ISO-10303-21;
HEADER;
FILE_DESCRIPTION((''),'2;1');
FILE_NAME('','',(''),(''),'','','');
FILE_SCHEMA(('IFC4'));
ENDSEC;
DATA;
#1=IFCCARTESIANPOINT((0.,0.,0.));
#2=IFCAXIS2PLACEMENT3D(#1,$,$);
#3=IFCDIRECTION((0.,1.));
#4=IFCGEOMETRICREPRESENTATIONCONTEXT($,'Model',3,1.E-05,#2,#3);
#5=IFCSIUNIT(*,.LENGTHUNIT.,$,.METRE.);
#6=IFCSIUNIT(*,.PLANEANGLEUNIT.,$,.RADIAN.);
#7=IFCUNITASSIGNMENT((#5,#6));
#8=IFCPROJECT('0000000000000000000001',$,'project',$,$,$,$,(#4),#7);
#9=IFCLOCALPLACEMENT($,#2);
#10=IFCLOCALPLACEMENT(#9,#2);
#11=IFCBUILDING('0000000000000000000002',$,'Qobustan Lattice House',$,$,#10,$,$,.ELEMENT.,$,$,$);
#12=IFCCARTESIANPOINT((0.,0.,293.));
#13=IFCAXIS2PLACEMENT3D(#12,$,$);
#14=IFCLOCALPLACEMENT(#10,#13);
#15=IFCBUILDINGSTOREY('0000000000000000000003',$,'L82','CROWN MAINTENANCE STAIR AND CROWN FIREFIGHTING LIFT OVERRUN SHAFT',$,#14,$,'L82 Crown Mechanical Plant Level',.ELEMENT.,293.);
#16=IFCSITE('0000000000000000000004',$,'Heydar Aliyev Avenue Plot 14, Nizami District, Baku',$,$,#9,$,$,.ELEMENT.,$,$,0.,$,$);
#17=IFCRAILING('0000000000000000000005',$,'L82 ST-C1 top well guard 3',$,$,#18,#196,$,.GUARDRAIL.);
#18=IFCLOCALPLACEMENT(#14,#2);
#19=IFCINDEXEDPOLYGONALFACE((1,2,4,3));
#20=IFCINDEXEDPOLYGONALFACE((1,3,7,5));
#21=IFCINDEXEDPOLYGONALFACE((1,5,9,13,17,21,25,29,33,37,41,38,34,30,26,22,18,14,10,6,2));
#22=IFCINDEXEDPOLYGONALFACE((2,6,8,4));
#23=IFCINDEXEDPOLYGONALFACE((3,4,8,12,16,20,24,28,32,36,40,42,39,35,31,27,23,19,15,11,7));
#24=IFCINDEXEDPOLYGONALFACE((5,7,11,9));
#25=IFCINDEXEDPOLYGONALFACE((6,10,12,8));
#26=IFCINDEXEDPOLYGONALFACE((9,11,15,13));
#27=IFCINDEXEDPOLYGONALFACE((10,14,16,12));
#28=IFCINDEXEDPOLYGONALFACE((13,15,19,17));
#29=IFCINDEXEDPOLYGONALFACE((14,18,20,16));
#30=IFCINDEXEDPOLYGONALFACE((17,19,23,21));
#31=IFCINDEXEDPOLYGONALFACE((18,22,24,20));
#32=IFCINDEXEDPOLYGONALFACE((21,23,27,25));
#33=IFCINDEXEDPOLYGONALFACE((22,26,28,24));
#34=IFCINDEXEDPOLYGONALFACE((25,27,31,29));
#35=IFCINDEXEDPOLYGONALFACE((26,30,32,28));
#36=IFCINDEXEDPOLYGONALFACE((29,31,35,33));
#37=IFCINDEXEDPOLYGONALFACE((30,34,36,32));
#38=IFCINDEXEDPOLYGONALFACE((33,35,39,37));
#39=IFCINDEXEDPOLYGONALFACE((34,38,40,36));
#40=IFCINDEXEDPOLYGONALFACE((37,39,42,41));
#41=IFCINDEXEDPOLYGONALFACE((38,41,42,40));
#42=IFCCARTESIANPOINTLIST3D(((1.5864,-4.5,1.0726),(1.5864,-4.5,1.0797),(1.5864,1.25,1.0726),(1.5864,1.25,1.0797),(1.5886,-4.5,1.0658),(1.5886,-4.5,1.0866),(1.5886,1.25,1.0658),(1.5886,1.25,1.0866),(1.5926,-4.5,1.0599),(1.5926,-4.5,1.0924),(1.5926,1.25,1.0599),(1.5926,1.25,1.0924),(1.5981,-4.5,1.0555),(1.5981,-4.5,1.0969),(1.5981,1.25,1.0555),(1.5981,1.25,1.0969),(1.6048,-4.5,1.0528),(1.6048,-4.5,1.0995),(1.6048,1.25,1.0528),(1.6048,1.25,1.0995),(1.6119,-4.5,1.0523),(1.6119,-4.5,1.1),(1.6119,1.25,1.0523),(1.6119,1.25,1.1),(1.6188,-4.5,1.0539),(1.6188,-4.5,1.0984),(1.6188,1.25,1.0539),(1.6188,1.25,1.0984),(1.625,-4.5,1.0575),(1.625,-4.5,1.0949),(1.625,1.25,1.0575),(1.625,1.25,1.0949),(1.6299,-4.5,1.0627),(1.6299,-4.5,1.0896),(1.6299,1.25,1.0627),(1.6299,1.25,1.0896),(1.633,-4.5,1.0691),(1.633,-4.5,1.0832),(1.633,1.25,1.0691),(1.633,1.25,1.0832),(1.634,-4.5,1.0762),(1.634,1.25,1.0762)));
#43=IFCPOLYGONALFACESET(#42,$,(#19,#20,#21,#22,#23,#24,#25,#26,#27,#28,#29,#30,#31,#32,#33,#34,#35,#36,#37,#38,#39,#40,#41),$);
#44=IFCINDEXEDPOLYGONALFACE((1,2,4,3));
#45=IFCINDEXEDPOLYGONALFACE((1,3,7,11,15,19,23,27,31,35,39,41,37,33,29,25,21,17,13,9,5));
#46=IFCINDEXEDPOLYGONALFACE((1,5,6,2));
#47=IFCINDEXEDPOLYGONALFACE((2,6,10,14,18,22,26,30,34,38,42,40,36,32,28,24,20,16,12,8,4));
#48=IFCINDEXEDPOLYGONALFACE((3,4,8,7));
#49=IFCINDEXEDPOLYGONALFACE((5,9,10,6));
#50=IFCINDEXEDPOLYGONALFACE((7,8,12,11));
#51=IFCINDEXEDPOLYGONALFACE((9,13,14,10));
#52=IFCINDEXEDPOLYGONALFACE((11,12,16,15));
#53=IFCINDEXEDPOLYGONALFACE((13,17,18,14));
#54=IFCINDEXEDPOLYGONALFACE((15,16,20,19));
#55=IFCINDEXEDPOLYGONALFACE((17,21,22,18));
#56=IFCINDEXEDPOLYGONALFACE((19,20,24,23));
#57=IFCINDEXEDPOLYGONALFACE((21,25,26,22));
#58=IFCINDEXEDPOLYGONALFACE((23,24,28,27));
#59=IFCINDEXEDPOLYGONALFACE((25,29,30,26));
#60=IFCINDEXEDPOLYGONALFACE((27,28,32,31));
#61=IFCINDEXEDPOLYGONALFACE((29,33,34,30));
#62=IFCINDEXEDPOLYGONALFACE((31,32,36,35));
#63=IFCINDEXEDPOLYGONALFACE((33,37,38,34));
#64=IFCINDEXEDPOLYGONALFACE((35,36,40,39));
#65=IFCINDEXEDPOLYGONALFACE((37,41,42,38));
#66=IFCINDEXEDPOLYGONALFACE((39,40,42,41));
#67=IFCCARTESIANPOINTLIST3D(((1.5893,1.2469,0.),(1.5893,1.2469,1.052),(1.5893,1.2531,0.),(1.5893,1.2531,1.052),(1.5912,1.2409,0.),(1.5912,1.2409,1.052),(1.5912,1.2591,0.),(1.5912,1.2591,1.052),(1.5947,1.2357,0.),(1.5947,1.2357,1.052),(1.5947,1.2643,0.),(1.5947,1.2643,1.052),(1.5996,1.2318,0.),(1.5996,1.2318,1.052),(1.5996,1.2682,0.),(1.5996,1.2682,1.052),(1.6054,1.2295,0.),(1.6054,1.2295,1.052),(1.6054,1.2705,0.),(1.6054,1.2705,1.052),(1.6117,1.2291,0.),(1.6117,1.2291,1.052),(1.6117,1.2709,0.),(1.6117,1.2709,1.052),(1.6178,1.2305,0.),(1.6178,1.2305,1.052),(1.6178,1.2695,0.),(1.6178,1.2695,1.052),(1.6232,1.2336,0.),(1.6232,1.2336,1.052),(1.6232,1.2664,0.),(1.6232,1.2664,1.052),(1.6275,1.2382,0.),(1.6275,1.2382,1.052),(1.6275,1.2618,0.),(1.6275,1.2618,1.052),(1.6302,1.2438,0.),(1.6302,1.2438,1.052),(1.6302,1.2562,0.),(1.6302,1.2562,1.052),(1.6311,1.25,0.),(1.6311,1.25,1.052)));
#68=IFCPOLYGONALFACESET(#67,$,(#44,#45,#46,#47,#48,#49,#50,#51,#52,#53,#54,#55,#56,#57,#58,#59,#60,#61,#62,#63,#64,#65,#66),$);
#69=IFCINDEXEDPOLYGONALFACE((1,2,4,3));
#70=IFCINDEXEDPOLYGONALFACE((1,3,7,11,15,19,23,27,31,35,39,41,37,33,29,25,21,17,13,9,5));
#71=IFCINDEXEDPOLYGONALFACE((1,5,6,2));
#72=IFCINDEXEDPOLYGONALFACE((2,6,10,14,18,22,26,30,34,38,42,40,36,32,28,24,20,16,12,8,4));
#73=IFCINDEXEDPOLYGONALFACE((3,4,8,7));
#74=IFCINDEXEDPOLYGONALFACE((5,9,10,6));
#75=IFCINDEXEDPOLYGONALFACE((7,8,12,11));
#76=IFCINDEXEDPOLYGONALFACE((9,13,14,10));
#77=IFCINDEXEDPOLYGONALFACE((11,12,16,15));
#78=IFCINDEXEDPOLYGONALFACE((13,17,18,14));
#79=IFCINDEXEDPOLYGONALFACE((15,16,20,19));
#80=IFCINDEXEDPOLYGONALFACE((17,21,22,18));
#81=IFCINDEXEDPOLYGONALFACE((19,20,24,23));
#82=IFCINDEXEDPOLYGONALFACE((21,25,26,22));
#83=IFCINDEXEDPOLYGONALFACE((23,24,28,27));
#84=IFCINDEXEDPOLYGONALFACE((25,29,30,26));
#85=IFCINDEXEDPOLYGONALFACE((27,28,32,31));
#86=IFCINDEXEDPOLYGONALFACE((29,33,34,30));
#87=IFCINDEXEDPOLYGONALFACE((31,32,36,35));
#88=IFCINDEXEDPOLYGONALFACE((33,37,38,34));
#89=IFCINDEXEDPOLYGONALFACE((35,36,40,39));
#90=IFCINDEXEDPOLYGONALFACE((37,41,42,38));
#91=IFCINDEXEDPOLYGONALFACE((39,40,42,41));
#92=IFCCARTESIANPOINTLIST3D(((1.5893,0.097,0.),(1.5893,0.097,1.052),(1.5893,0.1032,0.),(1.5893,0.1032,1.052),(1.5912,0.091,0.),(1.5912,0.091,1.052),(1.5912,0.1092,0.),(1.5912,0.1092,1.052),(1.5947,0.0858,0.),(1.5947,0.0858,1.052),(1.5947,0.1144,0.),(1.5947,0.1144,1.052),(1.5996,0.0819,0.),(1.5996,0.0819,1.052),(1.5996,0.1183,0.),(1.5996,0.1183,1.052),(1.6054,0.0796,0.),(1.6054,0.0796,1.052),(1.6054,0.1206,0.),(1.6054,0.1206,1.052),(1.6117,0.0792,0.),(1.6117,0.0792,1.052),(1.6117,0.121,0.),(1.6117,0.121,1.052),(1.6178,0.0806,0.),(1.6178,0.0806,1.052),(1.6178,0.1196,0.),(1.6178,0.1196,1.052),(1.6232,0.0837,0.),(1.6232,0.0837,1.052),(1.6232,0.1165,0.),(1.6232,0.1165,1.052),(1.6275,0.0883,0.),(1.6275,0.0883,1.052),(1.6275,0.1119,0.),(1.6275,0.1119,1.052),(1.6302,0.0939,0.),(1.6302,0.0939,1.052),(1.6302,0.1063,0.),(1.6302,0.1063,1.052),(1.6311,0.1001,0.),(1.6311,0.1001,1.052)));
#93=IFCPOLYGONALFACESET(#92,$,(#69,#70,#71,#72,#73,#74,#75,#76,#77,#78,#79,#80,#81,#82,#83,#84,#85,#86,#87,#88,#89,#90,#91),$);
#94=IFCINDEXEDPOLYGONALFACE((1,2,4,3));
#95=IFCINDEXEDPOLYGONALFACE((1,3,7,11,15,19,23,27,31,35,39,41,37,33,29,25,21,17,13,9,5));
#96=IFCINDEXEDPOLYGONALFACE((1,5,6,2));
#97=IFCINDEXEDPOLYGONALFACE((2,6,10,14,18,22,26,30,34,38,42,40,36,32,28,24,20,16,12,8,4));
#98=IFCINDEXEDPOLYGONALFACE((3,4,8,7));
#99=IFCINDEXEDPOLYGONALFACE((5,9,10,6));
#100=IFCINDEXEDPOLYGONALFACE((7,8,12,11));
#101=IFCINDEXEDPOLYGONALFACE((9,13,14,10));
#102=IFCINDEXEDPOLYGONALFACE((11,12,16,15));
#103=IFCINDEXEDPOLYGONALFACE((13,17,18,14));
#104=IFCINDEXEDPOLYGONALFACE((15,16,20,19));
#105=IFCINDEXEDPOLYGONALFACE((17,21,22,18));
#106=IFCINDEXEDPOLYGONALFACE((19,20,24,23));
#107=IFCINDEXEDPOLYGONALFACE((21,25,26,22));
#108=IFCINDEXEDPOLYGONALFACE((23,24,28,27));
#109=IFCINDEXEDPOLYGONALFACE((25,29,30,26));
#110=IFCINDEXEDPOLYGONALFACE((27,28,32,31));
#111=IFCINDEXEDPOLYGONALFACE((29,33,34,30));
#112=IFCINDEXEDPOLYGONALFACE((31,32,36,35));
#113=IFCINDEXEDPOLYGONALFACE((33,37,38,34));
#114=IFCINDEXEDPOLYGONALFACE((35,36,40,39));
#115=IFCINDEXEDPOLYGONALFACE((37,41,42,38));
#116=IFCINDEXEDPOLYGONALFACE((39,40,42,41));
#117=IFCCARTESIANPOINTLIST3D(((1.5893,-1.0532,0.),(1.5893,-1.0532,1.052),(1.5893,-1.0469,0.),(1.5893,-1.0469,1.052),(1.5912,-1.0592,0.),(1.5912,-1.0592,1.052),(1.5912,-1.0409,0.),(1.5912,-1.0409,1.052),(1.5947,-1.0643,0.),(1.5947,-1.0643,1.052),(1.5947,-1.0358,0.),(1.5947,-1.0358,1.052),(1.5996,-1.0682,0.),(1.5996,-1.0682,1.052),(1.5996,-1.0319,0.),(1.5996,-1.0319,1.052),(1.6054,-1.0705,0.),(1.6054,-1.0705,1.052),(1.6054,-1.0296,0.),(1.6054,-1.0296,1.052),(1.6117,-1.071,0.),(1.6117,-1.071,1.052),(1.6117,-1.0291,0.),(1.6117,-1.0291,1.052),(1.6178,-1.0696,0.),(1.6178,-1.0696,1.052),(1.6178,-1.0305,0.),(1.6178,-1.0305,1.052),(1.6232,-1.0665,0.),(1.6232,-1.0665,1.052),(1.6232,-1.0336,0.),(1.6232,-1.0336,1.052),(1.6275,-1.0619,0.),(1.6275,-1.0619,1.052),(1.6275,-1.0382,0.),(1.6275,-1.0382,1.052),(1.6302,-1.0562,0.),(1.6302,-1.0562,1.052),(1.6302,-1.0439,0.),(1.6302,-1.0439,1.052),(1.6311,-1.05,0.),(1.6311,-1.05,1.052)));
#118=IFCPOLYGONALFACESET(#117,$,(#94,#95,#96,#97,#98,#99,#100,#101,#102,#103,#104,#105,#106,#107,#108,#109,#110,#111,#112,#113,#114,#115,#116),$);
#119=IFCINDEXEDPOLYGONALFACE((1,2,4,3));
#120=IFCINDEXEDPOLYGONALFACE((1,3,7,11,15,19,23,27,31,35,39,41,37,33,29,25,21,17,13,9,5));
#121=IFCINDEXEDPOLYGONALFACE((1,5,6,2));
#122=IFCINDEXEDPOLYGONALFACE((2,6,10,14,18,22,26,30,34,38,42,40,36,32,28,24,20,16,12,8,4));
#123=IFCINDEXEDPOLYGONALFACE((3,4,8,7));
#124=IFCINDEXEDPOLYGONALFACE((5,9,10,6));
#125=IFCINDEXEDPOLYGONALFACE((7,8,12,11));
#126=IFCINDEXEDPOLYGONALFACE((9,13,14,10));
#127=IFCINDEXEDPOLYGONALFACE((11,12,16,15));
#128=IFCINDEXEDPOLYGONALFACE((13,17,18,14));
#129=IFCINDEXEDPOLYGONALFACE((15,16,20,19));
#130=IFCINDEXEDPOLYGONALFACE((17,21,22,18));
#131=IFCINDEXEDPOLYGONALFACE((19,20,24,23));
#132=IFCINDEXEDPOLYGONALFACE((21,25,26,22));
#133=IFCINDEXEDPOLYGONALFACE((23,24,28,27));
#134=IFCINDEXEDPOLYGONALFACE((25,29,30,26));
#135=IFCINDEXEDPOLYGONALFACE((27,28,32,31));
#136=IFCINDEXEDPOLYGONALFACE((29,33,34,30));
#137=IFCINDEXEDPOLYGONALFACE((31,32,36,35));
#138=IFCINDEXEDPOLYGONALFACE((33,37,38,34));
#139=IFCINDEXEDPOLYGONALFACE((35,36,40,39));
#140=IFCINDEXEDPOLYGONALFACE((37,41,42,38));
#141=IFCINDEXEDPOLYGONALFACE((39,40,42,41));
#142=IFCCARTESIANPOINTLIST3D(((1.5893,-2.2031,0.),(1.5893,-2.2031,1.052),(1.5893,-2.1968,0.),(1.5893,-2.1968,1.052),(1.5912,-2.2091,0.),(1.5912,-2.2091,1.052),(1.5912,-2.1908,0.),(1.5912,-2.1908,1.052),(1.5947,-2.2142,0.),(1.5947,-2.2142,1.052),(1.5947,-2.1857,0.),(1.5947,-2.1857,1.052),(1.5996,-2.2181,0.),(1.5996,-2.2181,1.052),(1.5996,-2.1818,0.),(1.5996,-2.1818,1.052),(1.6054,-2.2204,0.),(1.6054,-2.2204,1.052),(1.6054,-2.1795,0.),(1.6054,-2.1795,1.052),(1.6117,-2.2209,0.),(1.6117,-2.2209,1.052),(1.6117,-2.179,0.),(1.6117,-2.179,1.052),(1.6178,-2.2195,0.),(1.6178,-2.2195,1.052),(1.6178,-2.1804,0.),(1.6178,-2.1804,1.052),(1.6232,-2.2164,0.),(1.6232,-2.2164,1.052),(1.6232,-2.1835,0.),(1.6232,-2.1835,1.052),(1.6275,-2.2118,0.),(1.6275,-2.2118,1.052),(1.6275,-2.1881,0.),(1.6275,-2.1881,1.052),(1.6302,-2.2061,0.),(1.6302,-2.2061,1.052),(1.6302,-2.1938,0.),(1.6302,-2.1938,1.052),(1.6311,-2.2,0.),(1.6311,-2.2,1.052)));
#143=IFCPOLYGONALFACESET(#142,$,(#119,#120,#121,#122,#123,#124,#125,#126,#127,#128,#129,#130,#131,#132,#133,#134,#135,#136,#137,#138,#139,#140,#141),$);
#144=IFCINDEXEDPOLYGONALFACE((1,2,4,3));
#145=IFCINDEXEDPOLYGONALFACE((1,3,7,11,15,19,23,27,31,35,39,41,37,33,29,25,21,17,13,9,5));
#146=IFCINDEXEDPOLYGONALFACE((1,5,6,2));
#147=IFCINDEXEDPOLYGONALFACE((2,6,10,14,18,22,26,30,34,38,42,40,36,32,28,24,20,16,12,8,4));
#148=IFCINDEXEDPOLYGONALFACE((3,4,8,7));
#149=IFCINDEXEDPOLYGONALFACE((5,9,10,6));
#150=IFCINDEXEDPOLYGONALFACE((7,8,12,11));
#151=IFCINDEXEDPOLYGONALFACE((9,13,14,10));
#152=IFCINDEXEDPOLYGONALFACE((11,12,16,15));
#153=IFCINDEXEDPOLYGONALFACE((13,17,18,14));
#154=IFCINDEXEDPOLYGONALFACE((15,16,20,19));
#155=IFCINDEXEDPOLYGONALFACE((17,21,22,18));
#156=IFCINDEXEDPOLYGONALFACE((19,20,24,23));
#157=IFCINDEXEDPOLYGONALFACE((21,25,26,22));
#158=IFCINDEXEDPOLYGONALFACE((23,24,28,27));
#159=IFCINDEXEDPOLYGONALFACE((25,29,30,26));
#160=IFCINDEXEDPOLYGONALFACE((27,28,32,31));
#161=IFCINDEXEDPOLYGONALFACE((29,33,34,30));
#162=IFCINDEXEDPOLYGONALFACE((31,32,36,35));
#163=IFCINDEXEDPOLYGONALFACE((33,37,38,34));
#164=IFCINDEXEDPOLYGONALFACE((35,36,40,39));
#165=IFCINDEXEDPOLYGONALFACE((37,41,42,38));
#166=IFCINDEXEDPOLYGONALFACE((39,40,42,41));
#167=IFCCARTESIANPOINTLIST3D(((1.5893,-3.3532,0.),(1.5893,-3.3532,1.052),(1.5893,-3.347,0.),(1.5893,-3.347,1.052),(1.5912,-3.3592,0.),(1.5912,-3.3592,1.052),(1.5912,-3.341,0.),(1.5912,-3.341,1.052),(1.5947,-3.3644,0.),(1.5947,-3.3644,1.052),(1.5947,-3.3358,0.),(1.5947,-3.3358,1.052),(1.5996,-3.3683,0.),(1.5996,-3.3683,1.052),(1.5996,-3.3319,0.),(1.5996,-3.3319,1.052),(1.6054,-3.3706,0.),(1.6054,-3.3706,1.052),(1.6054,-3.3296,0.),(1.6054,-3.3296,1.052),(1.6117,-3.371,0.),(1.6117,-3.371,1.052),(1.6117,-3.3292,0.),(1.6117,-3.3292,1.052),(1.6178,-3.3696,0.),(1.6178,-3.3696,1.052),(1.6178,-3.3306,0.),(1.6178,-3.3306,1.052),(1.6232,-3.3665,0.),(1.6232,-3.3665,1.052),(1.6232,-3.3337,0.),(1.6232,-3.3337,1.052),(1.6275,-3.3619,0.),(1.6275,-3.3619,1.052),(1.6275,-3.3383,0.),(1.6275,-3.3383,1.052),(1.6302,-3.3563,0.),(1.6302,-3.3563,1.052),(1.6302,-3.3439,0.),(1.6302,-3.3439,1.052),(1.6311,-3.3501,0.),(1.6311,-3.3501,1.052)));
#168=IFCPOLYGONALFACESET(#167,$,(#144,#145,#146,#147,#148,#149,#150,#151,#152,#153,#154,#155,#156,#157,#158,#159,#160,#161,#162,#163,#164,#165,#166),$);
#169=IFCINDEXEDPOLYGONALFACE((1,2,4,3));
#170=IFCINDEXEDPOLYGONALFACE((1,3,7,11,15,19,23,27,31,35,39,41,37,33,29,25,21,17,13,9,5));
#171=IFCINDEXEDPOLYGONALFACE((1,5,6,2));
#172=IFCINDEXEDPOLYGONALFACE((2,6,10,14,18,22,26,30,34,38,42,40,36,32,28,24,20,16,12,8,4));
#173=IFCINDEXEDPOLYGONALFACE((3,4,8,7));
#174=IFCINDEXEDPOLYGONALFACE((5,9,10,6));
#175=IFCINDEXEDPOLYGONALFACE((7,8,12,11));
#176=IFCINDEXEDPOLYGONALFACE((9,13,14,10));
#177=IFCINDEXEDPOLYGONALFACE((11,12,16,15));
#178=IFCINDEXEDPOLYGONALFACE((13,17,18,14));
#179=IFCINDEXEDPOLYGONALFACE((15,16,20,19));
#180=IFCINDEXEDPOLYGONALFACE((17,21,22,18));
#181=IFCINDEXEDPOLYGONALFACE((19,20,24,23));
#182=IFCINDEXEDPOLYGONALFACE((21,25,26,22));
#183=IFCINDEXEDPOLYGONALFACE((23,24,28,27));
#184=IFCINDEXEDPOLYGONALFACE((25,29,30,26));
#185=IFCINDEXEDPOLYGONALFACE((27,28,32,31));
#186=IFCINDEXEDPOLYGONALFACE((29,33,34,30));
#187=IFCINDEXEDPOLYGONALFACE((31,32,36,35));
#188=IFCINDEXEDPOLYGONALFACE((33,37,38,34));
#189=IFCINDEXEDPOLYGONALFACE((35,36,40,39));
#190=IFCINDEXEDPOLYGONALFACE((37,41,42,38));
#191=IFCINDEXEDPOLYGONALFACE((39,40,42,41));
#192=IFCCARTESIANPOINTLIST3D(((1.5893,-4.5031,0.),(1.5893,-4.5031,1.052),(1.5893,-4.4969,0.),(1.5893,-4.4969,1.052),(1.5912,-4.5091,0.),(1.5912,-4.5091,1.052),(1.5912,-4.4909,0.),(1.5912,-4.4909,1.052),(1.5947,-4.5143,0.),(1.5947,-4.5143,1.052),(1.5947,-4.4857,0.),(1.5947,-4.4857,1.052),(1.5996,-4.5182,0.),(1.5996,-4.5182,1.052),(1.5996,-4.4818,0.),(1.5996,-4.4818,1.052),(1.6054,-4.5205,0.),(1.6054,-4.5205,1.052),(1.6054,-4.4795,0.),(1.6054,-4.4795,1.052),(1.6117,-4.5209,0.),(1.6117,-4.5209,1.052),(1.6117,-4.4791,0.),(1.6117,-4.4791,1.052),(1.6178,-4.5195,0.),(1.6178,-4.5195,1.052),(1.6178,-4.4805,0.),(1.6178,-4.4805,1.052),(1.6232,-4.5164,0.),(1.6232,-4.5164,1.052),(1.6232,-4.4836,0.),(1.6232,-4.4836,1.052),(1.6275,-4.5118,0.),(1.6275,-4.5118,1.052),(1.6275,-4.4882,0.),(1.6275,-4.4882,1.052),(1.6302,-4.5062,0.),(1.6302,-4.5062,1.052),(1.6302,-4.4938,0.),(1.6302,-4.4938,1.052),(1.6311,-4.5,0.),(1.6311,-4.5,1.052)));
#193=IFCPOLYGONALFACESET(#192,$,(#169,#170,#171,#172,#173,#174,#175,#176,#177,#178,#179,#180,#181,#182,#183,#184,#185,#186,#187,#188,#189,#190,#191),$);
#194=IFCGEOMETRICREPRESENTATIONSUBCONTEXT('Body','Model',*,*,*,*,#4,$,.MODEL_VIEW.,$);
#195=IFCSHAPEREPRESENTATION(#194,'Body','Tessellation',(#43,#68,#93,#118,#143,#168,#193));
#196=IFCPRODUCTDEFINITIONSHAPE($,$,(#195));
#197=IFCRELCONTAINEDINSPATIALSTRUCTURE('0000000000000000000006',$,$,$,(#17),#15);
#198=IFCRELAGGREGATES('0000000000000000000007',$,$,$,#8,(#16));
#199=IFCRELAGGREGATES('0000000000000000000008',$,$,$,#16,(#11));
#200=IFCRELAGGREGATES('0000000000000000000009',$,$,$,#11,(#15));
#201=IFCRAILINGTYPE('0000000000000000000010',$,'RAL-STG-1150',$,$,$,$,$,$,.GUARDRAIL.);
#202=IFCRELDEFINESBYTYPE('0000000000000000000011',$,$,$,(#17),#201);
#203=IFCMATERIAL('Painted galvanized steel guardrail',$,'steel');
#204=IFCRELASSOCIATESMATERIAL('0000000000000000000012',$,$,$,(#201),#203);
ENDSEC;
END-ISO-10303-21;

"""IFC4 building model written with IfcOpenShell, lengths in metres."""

from ifc_helpers import new_model, si_unit, direction, frame, origin, origin_2d, place, context, subcontext, project, spatial, circle, extrude, material, type_object, element, save


model = new_model("IFC4")

# Units and contexts
model_context = context("Model", 3, precision=1e-05, world=origin(), true_north=direction((0.0, 1.0)))
body_context = subcontext(model_context, "Body", "Model", "MODEL_VIEW")
ifc_project = project(units=[si_unit("LENGTHUNIT", "METRE"), si_unit("PLANEANGLEUNIT", "RADIAN")], contexts=[model_context])

# Site, building, storey
site_placement = place(None, origin())
site = spatial("IfcSite", under=ifc_project, at=site_placement, Name="Heydar Aliyev Avenue Plot 14, Nizami District, Baku", CompositionType="ELEMENT", RefElevation=0.0)
building_placement = place(site_placement, origin())
building = spatial("IfcBuilding", under=site, at=building_placement, Name="Qobustan Lattice House", CompositionType="ELEMENT")
storey_placement = place(building_placement, frame((0.0, 0.0, 293.0)))
storey = spatial("IfcBuildingStorey", under=building, at=storey_placement, Name="L82", Description="CROWN MAINTENANCE STAIR AND CROWN FIREFIGHTING LIFT OVERRUN SHAFT", LongName="L82 Crown Mechanical Plant Level", CompositionType="ELEMENT", Elevation=293.0)

# Railing
ifc_material_1 = material(Name="Painted galvanized steel guardrail", Category="steel")
railing_type = type_object("IfcRailingType", Name="RAL-STG-1150", PredefinedType="GUARDRAIL", material=ifc_material_1)
railing_1_placement = place(storey_placement, frame((1.6101, 1.25, 0.0)))
element("IfcRailing", 1, at=railing_1_placement, inside=storey, type_object=railing_type, Name="L82 ST-C1 top well guard 3", PredefinedType="GUARDRAIL", context=body_context, shape_type="SweptSolid", body=[
    extrude(circle(Radius=0.0239, at=origin_2d()), frame((0.0, 0.0, 1.0762), z_axis=(0.0, -1.0, 0.0), x_axis=(1.0, 0.0, 0.0)), (0.0, 0.0, 1.0), 5.75),
    extrude(circle(Radius=0.021, at=origin_2d()), origin(), (0.0, 0.0, 1.0), 1.052),
    extrude(circle(Radius=0.021, at=origin_2d()), frame((0.0, -1.1499, 0.0)), (0.0, 0.0, 1.0), 1.052),
    extrude(circle(Radius=0.021, at=origin_2d()), frame((0.0, -2.3, 0.0)), (0.0, 0.0, 1.0), 1.052),
    extrude(circle(Radius=0.021, at=origin_2d()), frame((0.0, -3.45, 0.0)), (0.0, 0.0, 1.0), 1.052),
    extrude(circle(Radius=0.021, at=origin_2d()), frame((0.0, -4.6001, 0.0)), (0.0, 0.0, 1.0), 1.052),
    extrude(circle(Radius=0.021, at=origin_2d()), frame((0.0, -5.75, 0.0)), (0.0, 0.0, 1.0), 1.052),
])

save(model, "model.ifc")
